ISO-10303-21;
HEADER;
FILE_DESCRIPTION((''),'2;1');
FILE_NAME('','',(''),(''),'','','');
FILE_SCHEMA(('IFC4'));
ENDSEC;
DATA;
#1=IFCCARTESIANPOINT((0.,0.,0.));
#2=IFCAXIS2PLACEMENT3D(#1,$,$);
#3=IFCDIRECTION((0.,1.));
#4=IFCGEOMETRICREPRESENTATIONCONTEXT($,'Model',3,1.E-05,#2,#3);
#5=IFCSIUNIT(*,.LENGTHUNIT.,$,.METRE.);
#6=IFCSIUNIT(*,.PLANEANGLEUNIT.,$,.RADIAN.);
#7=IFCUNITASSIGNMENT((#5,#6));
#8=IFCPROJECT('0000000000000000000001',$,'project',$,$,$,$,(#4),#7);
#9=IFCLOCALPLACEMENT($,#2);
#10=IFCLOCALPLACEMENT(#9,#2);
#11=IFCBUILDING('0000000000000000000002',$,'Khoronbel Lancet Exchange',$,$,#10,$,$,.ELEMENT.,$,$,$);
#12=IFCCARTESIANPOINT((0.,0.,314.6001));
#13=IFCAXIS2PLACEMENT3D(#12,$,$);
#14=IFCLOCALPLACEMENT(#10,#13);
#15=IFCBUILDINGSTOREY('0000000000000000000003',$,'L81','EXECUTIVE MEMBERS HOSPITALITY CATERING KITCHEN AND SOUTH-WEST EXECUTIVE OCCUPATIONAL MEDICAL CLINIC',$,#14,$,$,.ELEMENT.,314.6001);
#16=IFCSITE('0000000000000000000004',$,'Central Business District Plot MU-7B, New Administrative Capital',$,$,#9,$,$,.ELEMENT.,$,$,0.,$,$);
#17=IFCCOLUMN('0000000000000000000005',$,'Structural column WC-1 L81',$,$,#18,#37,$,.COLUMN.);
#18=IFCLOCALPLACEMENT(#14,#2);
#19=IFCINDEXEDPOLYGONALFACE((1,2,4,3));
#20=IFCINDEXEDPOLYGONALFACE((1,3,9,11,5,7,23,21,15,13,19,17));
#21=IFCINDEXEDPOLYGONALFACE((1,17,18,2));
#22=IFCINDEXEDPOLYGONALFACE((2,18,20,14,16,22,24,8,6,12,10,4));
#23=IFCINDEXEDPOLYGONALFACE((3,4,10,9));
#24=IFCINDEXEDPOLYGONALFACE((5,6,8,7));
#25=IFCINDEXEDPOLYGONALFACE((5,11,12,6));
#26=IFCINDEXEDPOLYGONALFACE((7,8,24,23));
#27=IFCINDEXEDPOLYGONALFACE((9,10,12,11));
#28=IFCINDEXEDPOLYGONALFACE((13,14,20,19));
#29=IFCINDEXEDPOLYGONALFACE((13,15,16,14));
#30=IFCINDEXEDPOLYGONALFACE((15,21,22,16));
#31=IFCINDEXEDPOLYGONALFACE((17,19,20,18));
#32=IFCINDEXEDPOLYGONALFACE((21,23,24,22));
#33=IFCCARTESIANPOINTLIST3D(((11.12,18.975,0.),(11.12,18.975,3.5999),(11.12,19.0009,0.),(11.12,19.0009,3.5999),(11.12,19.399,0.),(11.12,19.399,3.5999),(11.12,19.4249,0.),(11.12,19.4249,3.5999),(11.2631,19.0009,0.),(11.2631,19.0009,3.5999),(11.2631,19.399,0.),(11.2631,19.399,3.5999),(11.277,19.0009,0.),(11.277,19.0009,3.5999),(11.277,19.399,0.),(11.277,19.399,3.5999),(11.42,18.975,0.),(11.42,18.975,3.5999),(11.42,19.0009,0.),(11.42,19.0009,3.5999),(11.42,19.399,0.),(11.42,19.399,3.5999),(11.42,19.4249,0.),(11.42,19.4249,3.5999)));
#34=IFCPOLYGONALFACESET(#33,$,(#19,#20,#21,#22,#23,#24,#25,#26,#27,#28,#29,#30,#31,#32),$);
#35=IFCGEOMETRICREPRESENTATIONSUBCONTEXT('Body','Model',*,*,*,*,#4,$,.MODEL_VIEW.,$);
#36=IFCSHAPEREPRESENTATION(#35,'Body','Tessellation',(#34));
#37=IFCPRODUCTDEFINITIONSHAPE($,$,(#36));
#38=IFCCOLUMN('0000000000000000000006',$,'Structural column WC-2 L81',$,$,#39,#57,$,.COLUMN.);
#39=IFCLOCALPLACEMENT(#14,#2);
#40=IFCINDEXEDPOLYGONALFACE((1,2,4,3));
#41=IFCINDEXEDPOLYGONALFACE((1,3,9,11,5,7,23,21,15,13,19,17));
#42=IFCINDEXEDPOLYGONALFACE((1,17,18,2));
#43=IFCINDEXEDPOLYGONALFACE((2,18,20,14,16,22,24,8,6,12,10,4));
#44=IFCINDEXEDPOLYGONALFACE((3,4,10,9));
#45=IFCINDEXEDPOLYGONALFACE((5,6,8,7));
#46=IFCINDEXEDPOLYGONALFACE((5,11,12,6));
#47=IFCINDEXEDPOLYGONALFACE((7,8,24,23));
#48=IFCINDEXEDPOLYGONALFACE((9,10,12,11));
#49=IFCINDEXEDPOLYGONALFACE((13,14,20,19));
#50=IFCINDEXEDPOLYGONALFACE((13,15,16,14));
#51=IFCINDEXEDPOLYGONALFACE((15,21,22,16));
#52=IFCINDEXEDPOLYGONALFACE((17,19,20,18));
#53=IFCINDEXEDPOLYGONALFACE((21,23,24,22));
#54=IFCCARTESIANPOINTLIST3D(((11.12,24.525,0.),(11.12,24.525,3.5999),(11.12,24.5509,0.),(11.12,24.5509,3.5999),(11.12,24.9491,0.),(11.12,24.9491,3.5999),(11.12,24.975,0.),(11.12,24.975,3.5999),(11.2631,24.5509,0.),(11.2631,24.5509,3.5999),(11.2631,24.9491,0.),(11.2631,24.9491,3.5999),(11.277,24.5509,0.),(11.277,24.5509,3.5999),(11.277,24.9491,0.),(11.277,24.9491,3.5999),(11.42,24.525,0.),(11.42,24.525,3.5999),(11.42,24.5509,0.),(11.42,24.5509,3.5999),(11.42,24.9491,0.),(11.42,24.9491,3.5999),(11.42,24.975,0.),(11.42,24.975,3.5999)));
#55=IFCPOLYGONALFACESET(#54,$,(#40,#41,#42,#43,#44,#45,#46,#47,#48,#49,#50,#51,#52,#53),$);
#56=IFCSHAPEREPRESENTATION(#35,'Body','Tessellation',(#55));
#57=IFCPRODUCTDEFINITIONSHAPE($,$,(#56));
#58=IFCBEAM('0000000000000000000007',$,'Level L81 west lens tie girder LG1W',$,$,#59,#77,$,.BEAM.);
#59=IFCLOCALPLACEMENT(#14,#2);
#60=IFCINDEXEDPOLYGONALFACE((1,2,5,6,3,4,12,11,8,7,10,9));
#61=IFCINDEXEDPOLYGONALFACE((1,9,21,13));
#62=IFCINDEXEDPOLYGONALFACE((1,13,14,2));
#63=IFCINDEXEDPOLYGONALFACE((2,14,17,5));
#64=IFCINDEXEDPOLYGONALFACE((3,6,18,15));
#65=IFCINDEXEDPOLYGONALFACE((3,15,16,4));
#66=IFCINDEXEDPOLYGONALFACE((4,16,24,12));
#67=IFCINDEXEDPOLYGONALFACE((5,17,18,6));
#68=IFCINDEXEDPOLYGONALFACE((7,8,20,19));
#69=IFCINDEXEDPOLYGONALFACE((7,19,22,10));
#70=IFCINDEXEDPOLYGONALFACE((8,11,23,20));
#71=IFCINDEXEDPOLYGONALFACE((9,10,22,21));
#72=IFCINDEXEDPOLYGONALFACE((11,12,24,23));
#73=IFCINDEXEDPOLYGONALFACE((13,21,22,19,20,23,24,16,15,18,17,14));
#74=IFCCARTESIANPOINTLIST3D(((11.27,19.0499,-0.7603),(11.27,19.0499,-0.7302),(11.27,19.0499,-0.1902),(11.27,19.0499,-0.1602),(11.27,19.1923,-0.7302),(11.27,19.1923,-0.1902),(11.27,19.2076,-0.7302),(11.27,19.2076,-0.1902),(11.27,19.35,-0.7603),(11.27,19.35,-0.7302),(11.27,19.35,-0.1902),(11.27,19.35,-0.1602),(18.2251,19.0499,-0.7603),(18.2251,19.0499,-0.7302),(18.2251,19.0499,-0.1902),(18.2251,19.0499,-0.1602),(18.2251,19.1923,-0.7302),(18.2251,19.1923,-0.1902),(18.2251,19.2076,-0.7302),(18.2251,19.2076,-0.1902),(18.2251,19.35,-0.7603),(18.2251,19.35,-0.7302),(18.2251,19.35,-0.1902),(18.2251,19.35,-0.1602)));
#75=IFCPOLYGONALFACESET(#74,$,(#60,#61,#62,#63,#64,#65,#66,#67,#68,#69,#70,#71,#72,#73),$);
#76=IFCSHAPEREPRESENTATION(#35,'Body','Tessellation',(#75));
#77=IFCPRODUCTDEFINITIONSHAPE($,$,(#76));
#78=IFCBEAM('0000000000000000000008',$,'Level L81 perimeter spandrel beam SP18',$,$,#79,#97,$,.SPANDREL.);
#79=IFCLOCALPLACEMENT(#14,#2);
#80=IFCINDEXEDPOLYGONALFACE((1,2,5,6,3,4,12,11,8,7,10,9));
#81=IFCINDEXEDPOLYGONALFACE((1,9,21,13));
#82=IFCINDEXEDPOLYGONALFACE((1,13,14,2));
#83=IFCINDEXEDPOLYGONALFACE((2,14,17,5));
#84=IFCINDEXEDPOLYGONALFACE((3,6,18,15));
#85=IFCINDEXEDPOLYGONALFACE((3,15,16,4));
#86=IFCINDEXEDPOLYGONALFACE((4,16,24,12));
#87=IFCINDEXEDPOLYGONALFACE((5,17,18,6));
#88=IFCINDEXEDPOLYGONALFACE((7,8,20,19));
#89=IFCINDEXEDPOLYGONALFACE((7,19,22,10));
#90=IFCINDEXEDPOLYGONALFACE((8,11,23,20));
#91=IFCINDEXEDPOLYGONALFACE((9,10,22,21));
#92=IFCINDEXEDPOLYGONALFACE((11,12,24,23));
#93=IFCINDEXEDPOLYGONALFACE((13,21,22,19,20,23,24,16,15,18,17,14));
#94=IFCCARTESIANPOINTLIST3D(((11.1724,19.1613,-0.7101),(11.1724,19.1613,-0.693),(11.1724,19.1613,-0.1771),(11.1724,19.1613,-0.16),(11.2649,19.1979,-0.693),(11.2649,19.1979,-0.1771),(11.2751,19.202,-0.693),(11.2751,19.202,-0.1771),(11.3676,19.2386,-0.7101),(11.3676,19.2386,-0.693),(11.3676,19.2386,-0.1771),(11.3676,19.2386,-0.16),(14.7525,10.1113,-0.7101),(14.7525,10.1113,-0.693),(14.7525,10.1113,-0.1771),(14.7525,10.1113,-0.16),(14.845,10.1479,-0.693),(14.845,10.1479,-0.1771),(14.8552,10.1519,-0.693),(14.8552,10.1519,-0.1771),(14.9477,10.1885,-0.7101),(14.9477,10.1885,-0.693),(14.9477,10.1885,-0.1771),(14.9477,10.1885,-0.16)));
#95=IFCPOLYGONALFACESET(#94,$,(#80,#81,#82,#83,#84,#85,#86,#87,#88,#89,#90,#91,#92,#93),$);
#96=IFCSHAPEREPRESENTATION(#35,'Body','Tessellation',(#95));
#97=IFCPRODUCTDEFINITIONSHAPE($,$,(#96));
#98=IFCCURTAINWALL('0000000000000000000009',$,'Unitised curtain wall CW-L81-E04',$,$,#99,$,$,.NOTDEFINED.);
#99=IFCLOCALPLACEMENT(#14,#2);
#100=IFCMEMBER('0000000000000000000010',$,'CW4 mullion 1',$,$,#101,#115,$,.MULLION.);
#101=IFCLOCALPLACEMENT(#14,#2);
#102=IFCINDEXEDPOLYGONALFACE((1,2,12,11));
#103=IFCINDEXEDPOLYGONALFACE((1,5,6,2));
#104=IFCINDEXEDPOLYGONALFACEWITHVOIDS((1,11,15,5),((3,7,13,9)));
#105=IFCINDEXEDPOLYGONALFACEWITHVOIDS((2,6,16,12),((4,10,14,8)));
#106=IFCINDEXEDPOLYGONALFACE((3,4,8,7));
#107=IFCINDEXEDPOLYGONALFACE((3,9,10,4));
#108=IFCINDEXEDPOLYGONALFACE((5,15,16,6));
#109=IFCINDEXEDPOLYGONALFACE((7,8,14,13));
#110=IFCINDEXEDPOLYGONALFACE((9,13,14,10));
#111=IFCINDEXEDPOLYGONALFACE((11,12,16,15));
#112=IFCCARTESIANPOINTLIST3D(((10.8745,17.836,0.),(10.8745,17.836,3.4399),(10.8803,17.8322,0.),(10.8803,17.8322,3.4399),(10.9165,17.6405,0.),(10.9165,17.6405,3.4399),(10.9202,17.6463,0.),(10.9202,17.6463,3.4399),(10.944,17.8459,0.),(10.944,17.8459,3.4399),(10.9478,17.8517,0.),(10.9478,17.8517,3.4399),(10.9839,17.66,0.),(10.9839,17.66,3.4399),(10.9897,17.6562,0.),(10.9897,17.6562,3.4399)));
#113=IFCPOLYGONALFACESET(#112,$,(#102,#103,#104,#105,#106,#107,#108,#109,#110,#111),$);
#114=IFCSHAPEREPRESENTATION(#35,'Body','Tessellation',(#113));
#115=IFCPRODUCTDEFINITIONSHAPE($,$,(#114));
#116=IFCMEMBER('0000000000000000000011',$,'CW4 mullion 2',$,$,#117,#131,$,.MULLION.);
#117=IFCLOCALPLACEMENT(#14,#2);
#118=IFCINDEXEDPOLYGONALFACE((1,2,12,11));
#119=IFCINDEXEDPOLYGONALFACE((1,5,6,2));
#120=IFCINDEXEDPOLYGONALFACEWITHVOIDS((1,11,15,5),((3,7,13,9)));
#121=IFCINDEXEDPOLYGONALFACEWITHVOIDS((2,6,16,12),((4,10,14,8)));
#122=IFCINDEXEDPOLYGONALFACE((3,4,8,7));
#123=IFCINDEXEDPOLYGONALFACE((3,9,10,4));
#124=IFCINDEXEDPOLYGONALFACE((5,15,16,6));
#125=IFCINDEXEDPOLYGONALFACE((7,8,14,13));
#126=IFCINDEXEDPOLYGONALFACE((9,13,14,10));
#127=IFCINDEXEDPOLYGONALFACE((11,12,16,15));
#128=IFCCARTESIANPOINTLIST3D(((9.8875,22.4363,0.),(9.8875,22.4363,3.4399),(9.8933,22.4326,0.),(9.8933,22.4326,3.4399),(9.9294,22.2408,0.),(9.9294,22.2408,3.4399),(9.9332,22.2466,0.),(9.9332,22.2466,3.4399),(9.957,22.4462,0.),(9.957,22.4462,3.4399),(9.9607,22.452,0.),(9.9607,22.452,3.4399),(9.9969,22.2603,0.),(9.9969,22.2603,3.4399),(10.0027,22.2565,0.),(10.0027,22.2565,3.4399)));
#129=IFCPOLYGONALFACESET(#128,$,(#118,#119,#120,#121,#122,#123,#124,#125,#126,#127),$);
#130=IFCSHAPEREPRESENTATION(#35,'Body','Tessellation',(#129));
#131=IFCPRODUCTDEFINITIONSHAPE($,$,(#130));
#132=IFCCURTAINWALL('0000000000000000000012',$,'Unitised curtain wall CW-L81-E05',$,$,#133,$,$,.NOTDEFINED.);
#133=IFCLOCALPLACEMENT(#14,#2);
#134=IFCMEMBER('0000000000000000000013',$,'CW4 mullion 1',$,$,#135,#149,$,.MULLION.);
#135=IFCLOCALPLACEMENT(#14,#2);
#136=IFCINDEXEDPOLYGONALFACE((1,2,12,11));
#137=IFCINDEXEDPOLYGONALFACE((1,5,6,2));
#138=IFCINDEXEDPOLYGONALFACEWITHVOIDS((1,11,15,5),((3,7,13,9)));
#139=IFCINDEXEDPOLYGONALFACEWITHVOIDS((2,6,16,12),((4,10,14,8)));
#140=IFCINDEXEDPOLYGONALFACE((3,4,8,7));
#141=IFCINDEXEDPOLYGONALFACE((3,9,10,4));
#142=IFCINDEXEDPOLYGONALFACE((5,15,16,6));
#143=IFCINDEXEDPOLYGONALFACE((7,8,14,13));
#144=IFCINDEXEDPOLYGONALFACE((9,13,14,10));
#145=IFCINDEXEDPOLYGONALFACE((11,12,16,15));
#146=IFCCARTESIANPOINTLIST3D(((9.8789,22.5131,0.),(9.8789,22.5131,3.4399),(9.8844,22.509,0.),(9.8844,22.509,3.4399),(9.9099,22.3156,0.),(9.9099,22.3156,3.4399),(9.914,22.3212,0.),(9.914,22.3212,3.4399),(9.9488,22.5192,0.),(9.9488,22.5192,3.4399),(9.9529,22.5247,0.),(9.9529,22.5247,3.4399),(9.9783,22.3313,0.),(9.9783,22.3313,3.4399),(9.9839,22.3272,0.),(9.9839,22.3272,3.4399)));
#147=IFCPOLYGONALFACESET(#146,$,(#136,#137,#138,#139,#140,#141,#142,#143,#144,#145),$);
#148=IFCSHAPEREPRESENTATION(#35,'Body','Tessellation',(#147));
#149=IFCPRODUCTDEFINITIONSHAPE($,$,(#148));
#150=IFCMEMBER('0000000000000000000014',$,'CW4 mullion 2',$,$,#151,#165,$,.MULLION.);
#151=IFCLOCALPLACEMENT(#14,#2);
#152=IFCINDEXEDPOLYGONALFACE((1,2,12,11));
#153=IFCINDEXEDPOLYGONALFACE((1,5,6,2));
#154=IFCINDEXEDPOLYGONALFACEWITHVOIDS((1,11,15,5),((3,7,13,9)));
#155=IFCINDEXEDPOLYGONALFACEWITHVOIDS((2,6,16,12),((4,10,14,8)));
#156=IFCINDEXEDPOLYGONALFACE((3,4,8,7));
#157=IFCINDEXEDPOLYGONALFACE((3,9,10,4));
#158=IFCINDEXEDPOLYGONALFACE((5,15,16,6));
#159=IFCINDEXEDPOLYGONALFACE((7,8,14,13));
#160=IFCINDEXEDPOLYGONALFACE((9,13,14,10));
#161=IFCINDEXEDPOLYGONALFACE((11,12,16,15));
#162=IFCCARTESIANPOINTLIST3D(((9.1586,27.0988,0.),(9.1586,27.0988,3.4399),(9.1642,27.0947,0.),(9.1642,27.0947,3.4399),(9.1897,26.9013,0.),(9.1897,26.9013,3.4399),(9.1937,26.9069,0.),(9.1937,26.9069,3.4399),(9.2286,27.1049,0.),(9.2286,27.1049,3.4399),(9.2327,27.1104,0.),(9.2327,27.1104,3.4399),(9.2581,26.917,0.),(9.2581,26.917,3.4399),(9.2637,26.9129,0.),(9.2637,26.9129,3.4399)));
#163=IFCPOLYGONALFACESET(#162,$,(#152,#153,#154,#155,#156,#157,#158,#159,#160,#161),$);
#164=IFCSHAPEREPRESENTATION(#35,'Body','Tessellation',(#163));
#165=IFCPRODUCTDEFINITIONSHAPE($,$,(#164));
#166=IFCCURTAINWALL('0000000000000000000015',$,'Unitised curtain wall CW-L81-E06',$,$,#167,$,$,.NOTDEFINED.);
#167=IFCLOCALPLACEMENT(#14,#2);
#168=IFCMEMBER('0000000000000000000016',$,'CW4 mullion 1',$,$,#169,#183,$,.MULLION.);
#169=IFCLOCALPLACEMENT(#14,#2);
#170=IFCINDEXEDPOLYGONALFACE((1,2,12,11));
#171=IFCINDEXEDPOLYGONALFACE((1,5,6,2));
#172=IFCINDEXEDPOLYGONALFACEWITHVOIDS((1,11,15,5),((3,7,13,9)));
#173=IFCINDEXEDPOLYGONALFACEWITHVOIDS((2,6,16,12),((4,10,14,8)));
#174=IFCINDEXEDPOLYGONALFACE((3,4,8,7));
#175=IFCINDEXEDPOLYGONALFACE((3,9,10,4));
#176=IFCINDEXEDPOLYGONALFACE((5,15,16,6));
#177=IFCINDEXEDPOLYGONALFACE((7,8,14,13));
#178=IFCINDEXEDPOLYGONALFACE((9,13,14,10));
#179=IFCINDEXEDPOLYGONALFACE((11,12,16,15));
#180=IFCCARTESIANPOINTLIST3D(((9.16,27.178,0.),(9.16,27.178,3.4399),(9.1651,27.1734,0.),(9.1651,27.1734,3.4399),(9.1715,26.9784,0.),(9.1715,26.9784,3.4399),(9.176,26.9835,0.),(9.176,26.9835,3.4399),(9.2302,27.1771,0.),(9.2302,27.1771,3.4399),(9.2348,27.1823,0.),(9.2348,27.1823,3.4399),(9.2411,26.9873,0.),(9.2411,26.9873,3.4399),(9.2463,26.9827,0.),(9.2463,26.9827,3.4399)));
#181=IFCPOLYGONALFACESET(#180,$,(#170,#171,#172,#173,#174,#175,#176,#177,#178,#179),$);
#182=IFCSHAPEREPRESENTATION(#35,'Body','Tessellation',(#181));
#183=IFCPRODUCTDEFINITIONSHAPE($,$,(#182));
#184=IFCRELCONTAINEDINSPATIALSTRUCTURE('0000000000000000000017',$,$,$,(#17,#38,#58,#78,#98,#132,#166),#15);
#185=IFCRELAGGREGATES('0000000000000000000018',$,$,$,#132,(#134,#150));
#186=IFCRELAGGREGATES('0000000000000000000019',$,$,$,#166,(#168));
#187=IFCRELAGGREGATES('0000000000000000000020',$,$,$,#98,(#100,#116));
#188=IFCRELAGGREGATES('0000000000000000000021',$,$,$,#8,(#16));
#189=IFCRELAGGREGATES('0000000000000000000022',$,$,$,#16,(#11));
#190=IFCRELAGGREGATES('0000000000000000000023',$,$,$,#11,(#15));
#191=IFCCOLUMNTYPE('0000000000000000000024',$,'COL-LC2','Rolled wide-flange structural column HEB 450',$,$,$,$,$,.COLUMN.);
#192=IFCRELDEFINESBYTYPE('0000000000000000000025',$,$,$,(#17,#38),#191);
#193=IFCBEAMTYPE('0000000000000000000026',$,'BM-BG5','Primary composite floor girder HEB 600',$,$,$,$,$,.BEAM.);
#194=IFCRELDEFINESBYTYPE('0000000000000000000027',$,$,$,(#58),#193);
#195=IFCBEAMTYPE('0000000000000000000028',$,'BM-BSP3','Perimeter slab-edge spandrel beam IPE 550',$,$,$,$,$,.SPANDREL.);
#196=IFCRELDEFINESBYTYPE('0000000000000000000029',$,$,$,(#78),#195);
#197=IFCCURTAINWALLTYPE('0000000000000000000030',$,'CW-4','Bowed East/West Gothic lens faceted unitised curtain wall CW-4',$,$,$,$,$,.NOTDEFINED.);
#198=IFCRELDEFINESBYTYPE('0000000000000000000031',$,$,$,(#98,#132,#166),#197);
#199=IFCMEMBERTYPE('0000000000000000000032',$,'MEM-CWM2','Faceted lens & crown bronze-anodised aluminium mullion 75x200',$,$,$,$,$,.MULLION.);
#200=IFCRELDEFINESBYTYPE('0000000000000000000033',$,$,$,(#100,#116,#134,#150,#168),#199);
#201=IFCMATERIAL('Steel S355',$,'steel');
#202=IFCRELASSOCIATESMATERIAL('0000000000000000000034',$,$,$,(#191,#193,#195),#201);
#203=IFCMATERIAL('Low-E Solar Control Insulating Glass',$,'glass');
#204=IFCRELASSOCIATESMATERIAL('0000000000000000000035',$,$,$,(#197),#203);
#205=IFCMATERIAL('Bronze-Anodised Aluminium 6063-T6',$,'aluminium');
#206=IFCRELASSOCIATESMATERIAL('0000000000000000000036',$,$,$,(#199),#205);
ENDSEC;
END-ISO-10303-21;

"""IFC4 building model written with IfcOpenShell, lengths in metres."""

from ifc_helpers import new_model, si_unit, direction, frame, origin, origin_2d, place, context, subcontext, project, spatial, hollow_rectangle, i_section, extrude, material, material_profile, profile_set, type_object, element, aggregate, save


model = new_model("IFC4")

# Units and contexts
model_context = context("Model", 3, precision=1e-05, world=origin(), true_north=direction((0.0, 1.0)))
body_context = subcontext(model_context, "Body", "Model", "MODEL_VIEW")
ifc_project = project(units=[si_unit("LENGTHUNIT", "METRE"), si_unit("PLANEANGLEUNIT", "RADIAN")], contexts=[model_context])

# Site, building, storey
site_placement = place(None, origin())
site = spatial("IfcSite", under=ifc_project, at=site_placement, Name="Central Business District Plot MU-7B, New Administrative Capital", CompositionType="ELEMENT", RefElevation=0.0)
building_placement = place(site_placement, origin())
building = spatial("IfcBuilding", under=site, at=building_placement, Name="Khoronbel Lancet Exchange", CompositionType="ELEMENT")
storey_placement = place(building_placement, frame((0.0, 0.0, 314.6001)))
storey = spatial("IfcBuildingStorey", under=building, at=storey_placement, Name="L81", Description="EXECUTIVE MEMBERS HOSPITALITY CATERING KITCHEN AND SOUTH-WEST EXECUTIVE OCCUPATIONAL MEDICAL CLINIC", CompositionType="ELEMENT", Elevation=314.6001)

# Columns
ifc_material_1 = material(Name="Steel S355", Category="steel")
ifc_material_profile_1 = material_profile(ifc_material_1, i_section(OverallWidth=0.3, OverallDepth=0.45, WebThickness=0.0139, FlangeThickness=0.0259, at=origin_2d()), Name="HEB 450")
ifc_profile_set_1 = profile_set([ifc_material_profile_1], Name="Steel S355")
column_type = type_object("IfcColumnType", Name="COL-LC2", Description="Rolled wide-flange structural column HEB 450", PredefinedType="COLUMN", material=ifc_profile_set_1)
for number, where, z_axis, x_axis, name in (
    (1, (11.27, 19.2, 0.0), (0.0, 0.0, 1.0), (1.0, 0.0, 0.0), "Structural column WC-1 L81"),
    (2, (11.27, 24.75, 0.0), (0.0, 0.0, 1.0), (1.0, 0.0, 0.0), "Structural column WC-2 L81"),
):
    element("IfcColumn", number, at=place(storey_placement, frame(where, z_axis=z_axis, x_axis=x_axis)), inside=storey, type_object=column_type, Name=name, PredefinedType="COLUMN", context=body_context, shape_type="SweptSolid", body=[
        extrude(i_section(OverallWidth=0.3, OverallDepth=0.45, WebThickness=0.0139, FlangeThickness=0.0259, at=origin_2d()), origin(), (0.0, 0.0, 1.0), 3.5999),
    ])

# Beams
ifc_material_profile_2 = material_profile(ifc_material_1, i_section(OverallWidth=0.3, OverallDepth=0.6001, WebThickness=0.0154, FlangeThickness=0.03, at=origin_2d()), Name="HEB 600")
ifc_profile_set_2 = profile_set([ifc_material_profile_2], Name="Steel S355")
beam_type_1 = type_object("IfcBeamType", Name="BM-BG5", Description="Primary composite floor girder HEB 600", PredefinedType="BEAM", material=ifc_profile_set_2)
beam_1_placement = place(storey_placement, frame((11.27, 19.2, -0.4602), z_axis=(1.0, 0.0, 0.0), x_axis=(0.0, 1.0, 0.0)))
element("IfcBeam", 3, at=beam_1_placement, inside=storey, type_object=beam_type_1, Name="Level L81 west lens tie girder LG1W", PredefinedType="BEAM", context=body_context, shape_type="SweptSolid", body=[
    extrude(i_section(OverallWidth=0.3, OverallDepth=0.6001, WebThickness=0.0154, FlangeThickness=0.03, at=origin_2d()), origin(), (0.0, 0.0, 1.0), 6.9551),
])
ifc_material_profile_3 = material_profile(ifc_material_1, i_section(OverallWidth=0.21, OverallDepth=0.55, WebThickness=0.011, FlangeThickness=0.0171, at=origin_2d()), Name="IPE 550")
ifc_profile_set_3 = profile_set([ifc_material_profile_3], Name="Steel S355")
beam_type_2 = type_object("IfcBeamType", Name="BM-BSP3", Description="Perimeter slab-edge spandrel beam IPE 550", PredefinedType="SPANDREL", material=ifc_profile_set_3)
beam_2_placement = place(storey_placement, frame((11.27, 19.2, -0.4351), z_axis=(0.36785, -0.929885, 0.0), x_axis=(0.929885, 0.36785, 0.0)))
element("IfcBeam", 4, at=beam_2_placement, inside=storey, type_object=beam_type_2, Name="Level L81 perimeter spandrel beam SP18", PredefinedType="SPANDREL", context=body_context, shape_type="SweptSolid", body=[
    extrude(i_section(OverallWidth=0.21, OverallDepth=0.55, WebThickness=0.011, FlangeThickness=0.0171, at=origin_2d()), origin(), (0.0, 0.0, 1.0), 9.7324),
])

# Curtain walls, members
ifc_material_2 = material(Name="Low-E Solar Control Insulating Glass", Category="glass")
curtain_wall_type = type_object("IfcCurtainWallType", Name="CW-4", Description="Bowed East/West Gothic lens faceted unitised curtain wall CW-4", PredefinedType="NOTDEFINED", material=ifc_material_2)
curtain_wall_1_placement = place(storey_placement, origin())
curtain_wall_1 = element("IfcCurtainWall", 5, at=curtain_wall_1_placement, inside=storey, type_object=curtain_wall_type, Name="Unitised curtain wall CW-L81-E04", PredefinedType="NOTDEFINED")
ifc_material_3 = material(Name="Bronze-Anodised Aluminium 6063-T6", Category="aluminium")
ifc_material_profile_4 = material_profile(ifc_material_3, hollow_rectangle(XDim=0.075, YDim=0.2, WallThickness=0.0049, at=origin_2d()), Name="ALU MULLION 75x200")
ifc_profile_set_4 = profile_set([ifc_material_profile_4], Name="Bronze-Anodised Aluminium 6063-T6")
member_type_1 = type_object("IfcMemberType", Name="MEM-CWM2", Description="Faceted lens & crown bronze-anodised aluminium mullion 75x200", PredefinedType="MULLION", material=ifc_profile_set_4)
member_1_placement = place(storey_placement, frame((10.9321, 17.7461, 0.0), z_axis=(0.0, 0.0, 1.0), x_axis=(-0.977746, -0.209792, 0.0)))
member_1 = element("IfcMember", 6, at=member_1_placement, type_object=member_type_1, Name="CW4 mullion 1", PredefinedType="MULLION", context=body_context, shape_type="SweptSolid", body=[
    extrude(hollow_rectangle(XDim=0.075, YDim=0.2, WallThickness=0.0049, at=origin_2d()), origin(), (0.0, 0.0, 1.0), 3.4399),
])
member_2_placement = place(storey_placement, frame((9.9451, 22.3464, 0.0), z_axis=(0.0, 0.0, 1.0), x_axis=(-0.977746, -0.209792, 0.0)))
member_2 = element("IfcMember", 7, at=member_2_placement, type_object=member_type_1, Name="CW4 mullion 2", PredefinedType="MULLION", context=body_context, shape_type="SweptSolid", body=[
    extrude(hollow_rectangle(XDim=0.075, YDim=0.2, WallThickness=0.0049, at=origin_2d()), origin(), (0.0, 0.0, 1.0), 3.4399),
])
curtain_wall_2_placement = place(storey_placement, origin())
curtain_wall_2 = element("IfcCurtainWall", 8, at=curtain_wall_2_placement, inside=storey, type_object=curtain_wall_type, Name="Unitised curtain wall CW-L81-E05", PredefinedType="NOTDEFINED")
member_3_placement = place(storey_placement, frame((9.9314, 22.4202, 0.0), z_axis=(0.0, 0.0, 1.0), x_axis=(-0.987889, -0.155165, 0.0)))
member_3 = element("IfcMember", 9, at=member_3_placement, type_object=member_type_1, Name="CW4 mullion 1", PredefinedType="MULLION", context=body_context, shape_type="SweptSolid", body=[
    extrude(hollow_rectangle(XDim=0.075, YDim=0.2, WallThickness=0.0049, at=origin_2d()), origin(), (0.0, 0.0, 1.0), 3.4399),
])
member_4_placement = place(storey_placement, frame((9.2112, 27.0059, 0.0), z_axis=(0.0, 0.0, 1.0), x_axis=(-0.987889, -0.155165, 0.0)))
member_4 = element("IfcMember", 10, at=member_4_placement, type_object=member_type_1, Name="CW4 mullion 2", PredefinedType="MULLION", context=body_context, shape_type="SweptSolid", body=[
    extrude(hollow_rectangle(XDim=0.075, YDim=0.2, WallThickness=0.0049, at=origin_2d()), origin(), (0.0, 0.0, 1.0), 3.4399),
])
curtain_wall_3_placement = place(storey_placement, origin())
curtain_wall_3 = element("IfcCurtainWall", 11, at=curtain_wall_3_placement, inside=storey, type_object=curtain_wall_type, Name="Unitised curtain wall CW-L81-E06", PredefinedType="NOTDEFINED")
member_5_placement = place(storey_placement, frame((9.2031, 27.0803, 0.0), z_axis=(0.0, 0.0, 1.0), x_axis=(-0.998351, -0.057409, 0.0)))
member_5 = element("IfcMember", 12, at=member_5_placement, type_object=member_type_1, Name="CW4 mullion 1", PredefinedType="MULLION", context=body_context, shape_type="SweptSolid", body=[
    extrude(hollow_rectangle(XDim=0.075, YDim=0.2, WallThickness=0.0049, at=origin_2d()), origin(), (0.0, 0.0, 1.0), 3.4399),
])

aggregate(curtain_wall_2, [member_3, member_4])
aggregate(curtain_wall_3, [member_5])
aggregate(curtain_wall_1, [member_1, member_2])

save(model, "model.ifc")
